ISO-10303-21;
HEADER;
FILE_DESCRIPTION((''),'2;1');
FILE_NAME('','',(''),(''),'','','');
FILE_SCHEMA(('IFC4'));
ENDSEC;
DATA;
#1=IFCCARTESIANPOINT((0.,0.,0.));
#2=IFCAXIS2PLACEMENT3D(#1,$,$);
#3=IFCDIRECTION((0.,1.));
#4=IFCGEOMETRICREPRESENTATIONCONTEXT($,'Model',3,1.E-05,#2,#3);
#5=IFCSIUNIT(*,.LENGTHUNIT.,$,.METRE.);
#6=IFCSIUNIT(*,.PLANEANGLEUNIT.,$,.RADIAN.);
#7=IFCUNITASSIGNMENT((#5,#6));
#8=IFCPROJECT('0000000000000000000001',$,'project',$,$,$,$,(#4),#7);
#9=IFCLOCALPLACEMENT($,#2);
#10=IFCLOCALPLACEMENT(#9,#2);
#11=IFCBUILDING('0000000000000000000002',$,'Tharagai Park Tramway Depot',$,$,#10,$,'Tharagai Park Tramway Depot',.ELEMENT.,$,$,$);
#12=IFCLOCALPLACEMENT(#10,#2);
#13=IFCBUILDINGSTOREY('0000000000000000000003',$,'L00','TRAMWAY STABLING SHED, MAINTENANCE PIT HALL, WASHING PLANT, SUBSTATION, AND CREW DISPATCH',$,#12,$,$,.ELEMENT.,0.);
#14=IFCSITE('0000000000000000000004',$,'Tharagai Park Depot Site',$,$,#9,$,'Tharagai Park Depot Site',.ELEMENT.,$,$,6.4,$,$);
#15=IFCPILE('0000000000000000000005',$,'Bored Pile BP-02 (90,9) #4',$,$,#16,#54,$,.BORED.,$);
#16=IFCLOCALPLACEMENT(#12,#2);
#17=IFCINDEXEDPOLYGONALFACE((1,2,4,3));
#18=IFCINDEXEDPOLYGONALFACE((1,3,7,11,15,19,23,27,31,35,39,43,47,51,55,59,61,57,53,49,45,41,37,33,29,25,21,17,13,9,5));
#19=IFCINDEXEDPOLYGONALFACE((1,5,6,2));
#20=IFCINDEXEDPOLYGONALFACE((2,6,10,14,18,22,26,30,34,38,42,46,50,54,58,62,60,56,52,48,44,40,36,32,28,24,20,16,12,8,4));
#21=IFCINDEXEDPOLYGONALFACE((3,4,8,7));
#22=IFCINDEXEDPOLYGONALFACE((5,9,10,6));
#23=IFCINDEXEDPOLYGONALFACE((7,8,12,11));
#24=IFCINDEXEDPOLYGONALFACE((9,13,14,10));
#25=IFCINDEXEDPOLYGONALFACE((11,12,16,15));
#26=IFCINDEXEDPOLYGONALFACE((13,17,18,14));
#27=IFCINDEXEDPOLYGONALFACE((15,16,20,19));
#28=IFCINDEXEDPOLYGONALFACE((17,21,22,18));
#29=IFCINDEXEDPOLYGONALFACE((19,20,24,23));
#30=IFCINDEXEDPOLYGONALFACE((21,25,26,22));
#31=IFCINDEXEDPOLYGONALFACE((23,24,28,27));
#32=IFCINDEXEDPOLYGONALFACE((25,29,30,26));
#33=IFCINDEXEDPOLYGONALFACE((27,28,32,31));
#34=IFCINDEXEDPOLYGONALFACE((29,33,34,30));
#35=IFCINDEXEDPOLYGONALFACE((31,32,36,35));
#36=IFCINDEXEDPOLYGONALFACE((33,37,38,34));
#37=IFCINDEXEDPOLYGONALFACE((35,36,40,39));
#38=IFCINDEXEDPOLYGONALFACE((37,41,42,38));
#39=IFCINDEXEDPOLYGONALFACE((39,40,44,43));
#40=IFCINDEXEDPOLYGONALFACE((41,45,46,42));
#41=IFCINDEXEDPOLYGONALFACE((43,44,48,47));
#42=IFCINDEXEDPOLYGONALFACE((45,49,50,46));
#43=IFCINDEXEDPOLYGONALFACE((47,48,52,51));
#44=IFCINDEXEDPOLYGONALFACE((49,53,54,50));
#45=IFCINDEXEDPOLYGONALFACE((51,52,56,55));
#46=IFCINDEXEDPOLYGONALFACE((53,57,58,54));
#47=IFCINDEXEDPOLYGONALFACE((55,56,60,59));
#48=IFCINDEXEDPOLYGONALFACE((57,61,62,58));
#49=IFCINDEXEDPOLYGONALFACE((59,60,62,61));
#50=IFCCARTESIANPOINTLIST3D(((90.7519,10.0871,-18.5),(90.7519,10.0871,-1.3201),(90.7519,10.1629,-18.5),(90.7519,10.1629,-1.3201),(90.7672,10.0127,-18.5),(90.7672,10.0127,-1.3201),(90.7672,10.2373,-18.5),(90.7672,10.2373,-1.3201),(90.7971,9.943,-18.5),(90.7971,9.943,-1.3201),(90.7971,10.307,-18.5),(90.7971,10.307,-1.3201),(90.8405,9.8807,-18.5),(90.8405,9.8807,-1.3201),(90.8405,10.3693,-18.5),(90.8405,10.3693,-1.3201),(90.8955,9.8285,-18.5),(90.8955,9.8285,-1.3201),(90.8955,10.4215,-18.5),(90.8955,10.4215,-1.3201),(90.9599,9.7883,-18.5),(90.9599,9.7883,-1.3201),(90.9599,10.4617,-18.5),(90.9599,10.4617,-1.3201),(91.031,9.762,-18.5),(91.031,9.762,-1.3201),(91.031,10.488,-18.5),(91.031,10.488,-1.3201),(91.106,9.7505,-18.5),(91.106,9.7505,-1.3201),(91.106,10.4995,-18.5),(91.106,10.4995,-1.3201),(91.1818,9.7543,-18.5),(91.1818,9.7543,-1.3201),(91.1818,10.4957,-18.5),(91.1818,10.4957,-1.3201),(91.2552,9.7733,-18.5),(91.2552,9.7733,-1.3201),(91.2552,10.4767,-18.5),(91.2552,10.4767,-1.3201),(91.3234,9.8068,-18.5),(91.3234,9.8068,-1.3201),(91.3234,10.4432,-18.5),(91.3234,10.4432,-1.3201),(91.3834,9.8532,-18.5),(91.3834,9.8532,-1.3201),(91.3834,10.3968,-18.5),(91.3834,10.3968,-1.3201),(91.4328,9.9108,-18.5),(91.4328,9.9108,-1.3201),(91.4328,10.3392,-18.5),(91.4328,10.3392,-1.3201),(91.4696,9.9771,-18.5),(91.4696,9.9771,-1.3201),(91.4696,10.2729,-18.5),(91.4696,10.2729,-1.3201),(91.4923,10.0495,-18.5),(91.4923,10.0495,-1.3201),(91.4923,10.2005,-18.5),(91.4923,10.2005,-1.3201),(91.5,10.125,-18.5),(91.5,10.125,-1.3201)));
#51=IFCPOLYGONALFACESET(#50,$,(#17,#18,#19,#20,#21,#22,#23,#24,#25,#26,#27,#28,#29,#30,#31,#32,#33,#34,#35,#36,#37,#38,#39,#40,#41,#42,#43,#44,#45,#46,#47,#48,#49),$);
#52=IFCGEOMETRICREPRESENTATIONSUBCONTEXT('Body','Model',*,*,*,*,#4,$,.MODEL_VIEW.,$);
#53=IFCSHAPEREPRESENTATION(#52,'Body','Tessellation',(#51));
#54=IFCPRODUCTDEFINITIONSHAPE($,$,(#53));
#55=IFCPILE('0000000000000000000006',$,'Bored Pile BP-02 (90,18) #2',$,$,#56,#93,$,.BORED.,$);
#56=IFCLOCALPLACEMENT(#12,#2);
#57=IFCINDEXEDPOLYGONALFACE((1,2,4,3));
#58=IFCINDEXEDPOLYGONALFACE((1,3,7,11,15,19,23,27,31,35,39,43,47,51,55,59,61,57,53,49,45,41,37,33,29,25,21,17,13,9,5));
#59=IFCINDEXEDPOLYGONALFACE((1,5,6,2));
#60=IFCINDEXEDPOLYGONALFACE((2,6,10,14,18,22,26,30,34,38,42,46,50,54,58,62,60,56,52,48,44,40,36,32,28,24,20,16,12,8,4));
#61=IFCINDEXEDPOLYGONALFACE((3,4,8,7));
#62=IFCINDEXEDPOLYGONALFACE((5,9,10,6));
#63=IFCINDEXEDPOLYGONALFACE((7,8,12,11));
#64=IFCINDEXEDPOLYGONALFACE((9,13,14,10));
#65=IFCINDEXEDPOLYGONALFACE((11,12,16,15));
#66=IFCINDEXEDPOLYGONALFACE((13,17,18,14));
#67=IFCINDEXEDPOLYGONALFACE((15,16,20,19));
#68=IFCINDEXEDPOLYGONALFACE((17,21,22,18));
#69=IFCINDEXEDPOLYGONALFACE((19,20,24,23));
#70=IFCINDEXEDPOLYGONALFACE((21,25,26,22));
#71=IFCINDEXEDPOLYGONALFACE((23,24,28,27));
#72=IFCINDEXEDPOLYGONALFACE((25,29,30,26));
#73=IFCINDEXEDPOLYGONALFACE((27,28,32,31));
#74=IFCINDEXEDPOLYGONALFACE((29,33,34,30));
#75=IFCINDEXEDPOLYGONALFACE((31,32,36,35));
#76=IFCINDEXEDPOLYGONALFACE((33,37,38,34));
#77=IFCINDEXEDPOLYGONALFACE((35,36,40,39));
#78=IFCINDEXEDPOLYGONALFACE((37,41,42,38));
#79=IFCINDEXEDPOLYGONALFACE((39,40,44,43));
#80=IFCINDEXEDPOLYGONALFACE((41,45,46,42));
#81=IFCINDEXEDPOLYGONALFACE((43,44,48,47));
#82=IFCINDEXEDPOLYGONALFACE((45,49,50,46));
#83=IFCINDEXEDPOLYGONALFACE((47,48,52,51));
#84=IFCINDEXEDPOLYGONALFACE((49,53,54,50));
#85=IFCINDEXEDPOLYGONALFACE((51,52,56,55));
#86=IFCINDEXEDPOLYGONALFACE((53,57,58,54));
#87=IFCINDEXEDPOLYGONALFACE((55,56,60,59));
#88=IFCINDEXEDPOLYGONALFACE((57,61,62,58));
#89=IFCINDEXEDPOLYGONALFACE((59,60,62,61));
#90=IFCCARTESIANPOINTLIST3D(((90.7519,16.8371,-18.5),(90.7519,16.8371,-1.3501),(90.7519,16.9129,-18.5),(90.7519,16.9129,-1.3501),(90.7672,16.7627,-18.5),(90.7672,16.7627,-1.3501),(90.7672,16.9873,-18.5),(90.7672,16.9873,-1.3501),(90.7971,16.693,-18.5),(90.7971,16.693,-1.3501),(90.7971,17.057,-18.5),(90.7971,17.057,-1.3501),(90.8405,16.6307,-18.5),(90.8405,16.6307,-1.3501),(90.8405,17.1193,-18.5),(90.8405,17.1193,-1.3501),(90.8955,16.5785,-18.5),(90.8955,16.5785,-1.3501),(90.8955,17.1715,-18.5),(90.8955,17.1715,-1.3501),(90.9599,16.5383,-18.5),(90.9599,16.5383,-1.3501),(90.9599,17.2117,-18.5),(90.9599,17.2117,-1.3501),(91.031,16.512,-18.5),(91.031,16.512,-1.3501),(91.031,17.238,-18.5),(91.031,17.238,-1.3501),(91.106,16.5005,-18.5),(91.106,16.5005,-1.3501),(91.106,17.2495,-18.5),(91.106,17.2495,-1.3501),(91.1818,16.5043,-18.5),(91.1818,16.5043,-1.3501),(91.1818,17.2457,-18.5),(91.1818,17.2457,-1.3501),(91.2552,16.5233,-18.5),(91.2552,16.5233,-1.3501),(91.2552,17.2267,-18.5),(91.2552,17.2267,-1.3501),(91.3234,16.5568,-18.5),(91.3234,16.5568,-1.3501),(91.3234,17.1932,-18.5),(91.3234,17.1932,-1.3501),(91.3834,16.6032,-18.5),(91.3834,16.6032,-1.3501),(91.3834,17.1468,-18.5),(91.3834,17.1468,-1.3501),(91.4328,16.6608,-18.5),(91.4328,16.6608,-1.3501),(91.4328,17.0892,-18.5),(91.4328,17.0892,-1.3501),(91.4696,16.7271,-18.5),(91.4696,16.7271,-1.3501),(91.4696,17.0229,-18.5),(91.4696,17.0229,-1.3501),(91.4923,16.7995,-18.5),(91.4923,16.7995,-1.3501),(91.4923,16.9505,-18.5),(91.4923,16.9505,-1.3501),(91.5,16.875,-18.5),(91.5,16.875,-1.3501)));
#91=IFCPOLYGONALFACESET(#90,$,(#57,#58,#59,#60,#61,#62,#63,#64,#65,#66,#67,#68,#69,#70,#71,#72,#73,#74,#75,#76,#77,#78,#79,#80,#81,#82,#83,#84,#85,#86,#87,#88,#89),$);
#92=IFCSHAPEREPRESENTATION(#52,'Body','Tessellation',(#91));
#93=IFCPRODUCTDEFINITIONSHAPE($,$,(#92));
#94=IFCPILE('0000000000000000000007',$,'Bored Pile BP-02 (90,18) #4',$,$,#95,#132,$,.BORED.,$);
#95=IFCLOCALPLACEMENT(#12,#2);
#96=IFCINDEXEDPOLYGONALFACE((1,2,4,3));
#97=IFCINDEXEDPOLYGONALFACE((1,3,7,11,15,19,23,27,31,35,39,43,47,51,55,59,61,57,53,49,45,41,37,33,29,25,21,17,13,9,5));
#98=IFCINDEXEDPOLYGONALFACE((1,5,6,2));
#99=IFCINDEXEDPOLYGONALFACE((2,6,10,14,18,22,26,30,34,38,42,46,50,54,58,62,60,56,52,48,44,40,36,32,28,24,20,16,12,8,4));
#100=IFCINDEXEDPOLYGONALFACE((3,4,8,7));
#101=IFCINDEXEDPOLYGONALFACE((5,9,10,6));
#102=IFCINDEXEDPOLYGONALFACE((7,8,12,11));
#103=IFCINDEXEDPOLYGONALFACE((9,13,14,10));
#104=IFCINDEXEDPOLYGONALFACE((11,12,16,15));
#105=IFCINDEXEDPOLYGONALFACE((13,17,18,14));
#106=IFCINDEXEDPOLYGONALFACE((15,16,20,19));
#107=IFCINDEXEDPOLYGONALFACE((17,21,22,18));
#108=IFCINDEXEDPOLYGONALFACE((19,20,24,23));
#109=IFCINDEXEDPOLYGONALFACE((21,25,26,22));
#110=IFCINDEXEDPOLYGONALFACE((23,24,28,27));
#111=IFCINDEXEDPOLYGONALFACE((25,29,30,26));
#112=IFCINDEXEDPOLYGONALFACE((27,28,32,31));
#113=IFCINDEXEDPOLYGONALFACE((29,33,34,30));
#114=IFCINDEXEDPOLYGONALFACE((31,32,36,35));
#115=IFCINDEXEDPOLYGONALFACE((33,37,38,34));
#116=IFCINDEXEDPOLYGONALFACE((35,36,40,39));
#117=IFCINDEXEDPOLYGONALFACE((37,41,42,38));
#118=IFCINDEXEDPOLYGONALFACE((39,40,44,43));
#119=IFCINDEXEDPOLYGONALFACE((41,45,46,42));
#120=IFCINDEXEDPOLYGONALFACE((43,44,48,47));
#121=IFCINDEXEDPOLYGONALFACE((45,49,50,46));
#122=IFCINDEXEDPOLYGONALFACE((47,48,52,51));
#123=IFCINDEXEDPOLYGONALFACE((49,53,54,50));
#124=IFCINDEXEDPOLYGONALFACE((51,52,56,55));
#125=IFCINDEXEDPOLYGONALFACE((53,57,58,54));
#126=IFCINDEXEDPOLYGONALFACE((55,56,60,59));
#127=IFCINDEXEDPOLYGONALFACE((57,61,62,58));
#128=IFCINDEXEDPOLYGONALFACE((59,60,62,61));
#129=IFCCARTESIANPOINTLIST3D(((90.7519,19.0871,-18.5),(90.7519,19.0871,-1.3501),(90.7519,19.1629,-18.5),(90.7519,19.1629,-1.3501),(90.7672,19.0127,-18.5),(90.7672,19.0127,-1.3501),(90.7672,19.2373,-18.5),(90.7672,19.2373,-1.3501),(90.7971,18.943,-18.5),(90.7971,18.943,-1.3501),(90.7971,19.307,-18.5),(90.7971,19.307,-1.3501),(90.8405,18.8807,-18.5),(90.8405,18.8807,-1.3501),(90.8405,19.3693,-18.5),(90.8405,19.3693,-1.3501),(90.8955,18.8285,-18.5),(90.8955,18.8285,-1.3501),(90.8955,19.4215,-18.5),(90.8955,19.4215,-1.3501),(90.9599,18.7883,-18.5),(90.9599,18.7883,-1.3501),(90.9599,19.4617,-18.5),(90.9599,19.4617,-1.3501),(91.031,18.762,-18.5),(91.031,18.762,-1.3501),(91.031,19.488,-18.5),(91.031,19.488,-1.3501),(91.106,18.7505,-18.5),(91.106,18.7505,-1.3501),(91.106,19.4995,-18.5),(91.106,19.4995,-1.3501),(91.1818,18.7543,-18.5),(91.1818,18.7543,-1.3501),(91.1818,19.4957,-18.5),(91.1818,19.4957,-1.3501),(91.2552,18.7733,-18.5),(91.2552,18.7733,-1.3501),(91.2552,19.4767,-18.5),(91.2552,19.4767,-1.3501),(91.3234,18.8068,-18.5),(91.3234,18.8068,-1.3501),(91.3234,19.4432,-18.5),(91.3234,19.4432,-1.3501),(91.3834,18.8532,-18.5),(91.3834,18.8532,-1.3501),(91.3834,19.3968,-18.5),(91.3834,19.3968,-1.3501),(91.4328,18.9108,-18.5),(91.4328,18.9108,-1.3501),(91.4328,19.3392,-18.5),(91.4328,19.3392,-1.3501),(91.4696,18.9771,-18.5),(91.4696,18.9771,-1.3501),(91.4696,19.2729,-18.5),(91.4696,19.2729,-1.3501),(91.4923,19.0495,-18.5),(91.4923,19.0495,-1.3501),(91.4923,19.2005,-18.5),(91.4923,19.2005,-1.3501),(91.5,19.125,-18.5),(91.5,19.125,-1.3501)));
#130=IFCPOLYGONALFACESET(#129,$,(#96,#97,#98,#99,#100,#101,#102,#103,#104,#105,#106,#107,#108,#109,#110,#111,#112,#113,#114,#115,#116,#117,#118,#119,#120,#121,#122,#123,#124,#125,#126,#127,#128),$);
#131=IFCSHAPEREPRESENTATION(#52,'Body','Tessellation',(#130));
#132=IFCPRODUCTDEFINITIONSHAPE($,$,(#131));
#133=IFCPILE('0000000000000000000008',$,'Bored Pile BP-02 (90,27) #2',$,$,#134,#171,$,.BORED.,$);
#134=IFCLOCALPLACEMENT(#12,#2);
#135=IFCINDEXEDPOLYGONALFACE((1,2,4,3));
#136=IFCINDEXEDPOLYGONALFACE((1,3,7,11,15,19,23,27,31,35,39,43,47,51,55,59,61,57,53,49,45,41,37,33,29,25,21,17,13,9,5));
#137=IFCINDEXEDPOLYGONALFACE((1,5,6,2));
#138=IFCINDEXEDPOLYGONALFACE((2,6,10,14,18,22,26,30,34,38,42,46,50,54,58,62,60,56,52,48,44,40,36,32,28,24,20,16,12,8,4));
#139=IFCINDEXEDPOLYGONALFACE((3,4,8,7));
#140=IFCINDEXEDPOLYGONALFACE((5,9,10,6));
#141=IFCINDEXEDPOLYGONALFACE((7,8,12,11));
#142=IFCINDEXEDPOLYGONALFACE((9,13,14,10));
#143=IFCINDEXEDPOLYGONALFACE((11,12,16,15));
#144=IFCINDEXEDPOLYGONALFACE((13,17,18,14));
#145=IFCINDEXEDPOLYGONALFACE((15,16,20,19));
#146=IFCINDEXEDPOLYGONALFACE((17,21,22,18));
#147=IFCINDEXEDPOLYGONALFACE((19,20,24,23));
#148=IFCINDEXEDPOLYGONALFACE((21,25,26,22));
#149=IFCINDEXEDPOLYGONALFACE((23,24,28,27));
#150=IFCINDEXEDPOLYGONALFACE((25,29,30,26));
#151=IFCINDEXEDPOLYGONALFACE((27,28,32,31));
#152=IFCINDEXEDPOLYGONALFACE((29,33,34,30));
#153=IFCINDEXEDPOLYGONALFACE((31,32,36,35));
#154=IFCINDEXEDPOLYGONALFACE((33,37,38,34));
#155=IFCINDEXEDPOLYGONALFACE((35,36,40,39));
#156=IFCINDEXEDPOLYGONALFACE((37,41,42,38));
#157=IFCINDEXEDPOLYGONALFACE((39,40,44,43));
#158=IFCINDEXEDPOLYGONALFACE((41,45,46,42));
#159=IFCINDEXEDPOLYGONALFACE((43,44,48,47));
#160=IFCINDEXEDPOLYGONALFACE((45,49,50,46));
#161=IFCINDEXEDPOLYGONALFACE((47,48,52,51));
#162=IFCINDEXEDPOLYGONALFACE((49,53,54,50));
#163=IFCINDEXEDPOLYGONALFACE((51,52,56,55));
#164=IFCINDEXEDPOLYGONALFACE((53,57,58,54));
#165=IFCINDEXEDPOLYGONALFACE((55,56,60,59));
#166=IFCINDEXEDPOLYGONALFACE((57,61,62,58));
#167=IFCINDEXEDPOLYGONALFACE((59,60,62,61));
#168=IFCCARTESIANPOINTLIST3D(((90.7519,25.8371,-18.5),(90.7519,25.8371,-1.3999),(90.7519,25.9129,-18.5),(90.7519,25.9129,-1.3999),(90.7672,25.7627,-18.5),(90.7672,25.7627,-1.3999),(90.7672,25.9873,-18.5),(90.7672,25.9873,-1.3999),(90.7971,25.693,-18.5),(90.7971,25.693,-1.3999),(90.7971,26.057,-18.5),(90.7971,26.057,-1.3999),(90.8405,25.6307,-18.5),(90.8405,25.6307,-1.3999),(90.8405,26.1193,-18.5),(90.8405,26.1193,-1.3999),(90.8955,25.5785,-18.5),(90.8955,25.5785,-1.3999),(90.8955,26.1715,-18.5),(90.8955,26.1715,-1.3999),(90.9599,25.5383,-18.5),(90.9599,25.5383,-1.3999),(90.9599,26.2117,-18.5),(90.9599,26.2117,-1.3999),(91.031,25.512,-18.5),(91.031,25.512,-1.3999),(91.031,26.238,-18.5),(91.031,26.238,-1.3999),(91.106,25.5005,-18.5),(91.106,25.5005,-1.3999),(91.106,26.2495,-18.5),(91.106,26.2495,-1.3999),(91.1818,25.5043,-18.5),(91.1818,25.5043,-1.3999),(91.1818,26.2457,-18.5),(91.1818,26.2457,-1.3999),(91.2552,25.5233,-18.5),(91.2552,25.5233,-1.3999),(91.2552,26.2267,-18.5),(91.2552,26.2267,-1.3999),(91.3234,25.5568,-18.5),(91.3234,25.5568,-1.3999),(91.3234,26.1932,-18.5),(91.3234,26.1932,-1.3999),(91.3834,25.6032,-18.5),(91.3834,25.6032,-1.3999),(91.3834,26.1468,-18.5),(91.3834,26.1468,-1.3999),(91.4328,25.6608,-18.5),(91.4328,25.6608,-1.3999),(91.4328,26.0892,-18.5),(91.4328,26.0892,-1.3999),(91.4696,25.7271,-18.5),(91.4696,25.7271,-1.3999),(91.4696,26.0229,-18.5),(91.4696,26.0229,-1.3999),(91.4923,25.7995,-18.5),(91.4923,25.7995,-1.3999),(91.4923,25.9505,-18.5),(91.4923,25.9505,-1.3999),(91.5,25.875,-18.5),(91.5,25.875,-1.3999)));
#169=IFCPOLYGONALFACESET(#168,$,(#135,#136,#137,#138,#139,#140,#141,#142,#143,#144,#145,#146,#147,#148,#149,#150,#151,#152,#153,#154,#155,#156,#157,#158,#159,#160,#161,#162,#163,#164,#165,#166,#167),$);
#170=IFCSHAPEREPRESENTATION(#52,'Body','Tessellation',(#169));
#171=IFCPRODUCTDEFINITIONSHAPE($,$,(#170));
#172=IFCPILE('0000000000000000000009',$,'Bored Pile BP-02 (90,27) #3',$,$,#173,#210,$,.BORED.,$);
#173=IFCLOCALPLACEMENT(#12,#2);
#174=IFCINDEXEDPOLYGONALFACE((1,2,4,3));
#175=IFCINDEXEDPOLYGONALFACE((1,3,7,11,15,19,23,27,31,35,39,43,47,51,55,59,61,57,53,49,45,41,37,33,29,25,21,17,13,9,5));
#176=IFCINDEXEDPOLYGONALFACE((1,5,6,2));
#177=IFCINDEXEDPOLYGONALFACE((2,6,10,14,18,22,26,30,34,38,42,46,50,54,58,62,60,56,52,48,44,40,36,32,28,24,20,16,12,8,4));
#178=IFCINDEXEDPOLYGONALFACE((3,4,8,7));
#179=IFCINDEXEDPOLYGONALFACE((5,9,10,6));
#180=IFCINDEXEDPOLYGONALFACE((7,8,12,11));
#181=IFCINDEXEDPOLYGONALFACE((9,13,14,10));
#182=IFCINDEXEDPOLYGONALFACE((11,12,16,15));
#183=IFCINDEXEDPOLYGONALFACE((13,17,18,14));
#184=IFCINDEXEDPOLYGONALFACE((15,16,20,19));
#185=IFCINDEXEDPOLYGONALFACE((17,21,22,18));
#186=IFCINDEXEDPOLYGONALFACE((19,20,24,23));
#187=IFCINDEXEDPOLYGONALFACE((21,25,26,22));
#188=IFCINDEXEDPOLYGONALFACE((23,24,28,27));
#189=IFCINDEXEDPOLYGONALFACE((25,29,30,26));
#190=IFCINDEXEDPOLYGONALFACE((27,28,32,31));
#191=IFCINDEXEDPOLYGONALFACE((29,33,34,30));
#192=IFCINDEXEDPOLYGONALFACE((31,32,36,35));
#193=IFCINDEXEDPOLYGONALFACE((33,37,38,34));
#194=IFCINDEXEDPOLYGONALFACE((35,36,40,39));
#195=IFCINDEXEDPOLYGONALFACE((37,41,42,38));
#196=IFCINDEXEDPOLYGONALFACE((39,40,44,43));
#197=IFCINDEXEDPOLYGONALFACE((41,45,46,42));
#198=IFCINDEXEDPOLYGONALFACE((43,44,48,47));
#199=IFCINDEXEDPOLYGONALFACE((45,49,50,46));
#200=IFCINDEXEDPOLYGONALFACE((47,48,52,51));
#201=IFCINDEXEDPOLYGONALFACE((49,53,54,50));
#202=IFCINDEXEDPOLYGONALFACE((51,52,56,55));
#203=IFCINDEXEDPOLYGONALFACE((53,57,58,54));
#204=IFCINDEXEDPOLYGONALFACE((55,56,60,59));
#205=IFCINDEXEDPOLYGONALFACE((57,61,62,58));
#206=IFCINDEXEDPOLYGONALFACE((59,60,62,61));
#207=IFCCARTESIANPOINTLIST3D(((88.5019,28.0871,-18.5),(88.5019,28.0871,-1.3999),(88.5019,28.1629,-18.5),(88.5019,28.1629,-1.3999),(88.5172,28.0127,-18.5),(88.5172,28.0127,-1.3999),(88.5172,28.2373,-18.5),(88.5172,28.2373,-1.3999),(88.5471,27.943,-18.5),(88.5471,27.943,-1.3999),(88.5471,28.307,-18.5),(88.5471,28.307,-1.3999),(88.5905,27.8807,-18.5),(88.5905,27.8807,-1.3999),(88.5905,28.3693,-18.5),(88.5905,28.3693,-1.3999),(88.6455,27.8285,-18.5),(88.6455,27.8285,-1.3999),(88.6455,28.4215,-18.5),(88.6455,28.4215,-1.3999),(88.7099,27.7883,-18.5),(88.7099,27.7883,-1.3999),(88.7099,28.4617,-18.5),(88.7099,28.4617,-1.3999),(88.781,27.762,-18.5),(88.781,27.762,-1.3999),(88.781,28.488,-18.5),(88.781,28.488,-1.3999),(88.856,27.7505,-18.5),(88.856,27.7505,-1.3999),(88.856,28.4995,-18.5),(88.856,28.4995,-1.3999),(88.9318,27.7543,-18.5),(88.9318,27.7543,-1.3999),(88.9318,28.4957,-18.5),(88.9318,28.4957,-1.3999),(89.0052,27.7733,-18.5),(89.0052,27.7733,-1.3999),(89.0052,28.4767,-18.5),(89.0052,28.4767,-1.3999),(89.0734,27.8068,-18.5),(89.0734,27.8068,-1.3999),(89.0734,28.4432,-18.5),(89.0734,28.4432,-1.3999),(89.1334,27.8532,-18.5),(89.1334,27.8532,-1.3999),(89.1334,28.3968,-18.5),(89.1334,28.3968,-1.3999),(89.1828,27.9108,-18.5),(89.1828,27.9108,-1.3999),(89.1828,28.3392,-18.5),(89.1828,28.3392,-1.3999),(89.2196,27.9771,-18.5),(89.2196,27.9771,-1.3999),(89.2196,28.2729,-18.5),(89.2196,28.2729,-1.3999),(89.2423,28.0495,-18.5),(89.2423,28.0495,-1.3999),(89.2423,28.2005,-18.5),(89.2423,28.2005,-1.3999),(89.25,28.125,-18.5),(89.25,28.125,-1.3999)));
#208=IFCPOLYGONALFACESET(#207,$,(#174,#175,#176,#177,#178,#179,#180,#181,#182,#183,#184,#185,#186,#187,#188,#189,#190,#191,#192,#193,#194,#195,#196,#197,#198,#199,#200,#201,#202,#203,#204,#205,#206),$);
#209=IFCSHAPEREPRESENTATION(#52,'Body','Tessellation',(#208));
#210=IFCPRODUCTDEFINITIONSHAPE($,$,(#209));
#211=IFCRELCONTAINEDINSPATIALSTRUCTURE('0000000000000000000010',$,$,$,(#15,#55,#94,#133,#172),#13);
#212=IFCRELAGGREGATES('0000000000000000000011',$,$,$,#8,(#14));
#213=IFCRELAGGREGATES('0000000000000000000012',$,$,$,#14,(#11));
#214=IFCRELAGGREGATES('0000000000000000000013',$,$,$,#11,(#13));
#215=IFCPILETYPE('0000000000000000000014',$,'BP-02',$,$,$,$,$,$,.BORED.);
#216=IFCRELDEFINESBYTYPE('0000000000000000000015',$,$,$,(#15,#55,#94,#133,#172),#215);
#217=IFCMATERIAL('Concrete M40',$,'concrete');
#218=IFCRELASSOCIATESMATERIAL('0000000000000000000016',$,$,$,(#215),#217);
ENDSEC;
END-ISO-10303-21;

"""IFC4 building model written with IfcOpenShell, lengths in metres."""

from ifc_helpers import new_model, si_unit, direction, frame, origin, origin_2d, place, context, subcontext, project, spatial, circle, extrude, material, material_profile, profile_set, type_object, element, save


model = new_model("IFC4")

# Units and contexts
model_context = context("Model", 3, precision=1e-05, world=origin(), true_north=direction((0.0, 1.0)))
body_context = subcontext(model_context, "Body", "Model", "MODEL_VIEW")
ifc_project = project(units=[si_unit("LENGTHUNIT", "METRE"), si_unit("PLANEANGLEUNIT", "RADIAN")], contexts=[model_context])

# Site, building, storey
site_placement = place(None, origin())
site = spatial("IfcSite", under=ifc_project, at=site_placement, Name="Tharagai Park Depot Site", LongName="Tharagai Park Depot Site", CompositionType="ELEMENT", RefElevation=6.4)
building_placement = place(site_placement, origin())
building = spatial("IfcBuilding", under=site, at=building_placement, Name="Tharagai Park Tramway Depot", LongName="Tharagai Park Tramway Depot", CompositionType="ELEMENT")
storey_placement = place(building_placement, origin())
storey = spatial("IfcBuildingStorey", under=building, at=storey_placement, Name="L00", Description="TRAMWAY STABLING SHED, MAINTENANCE PIT HALL, WASHING PLANT, SUBSTATION, AND CREW DISPATCH", CompositionType="ELEMENT", Elevation=0.0)

# Piles
ifc_material_1 = material(Name="Concrete M40", Category="concrete")
ifc_material_profile_1 = material_profile(ifc_material_1, circle(Radius=0.375, at=origin_2d()), Name="PILE D750")
ifc_profile_set_1 = profile_set([ifc_material_profile_1], Name="Concrete M40")
pile_type = type_object("IfcPileType", Name="BP-02", PredefinedType="BORED", material=ifc_profile_set_1)
pile_1_placement = place(storey_placement, frame((91.125, 10.125, -1.3201), z_axis=(0.0, 0.0, -1.0), x_axis=(1.0, 0.0, 0.0)))
element("IfcPile", 1, at=pile_1_placement, inside=storey, type_object=pile_type, Name="Bored Pile BP-02 (90,9) #4", PredefinedType="BORED", context=body_context, shape_type="SweptSolid", body=[
    extrude(circle(Radius=0.375, at=origin_2d()), origin(), (0.0, 0.0, 1.0), 17.1799),
])
for number, where, z_axis, x_axis, name in (
    (2, (91.125, 16.875, -1.3501), (0.0, 0.0, -1.0), (1.0, 0.0, 0.0), "Bored Pile BP-02 (90,18) #2"),
    (3, (91.125, 19.125, -1.3501), (0.0, 0.0, -1.0), (1.0, 0.0, 0.0), "Bored Pile BP-02 (90,18) #4"),
):
    element("IfcPile", number, at=place(storey_placement, frame(where, z_axis=z_axis, x_axis=x_axis)), inside=storey, type_object=pile_type, Name=name, PredefinedType="BORED", context=body_context, shape_type="SweptSolid", body=[
        extrude(circle(Radius=0.375, at=origin_2d()), origin(), (0.0, 0.0, 1.0), 17.1499),
    ])
for number, where, z_axis, x_axis, name in (
    (4, (91.125, 25.875, -1.3999), (0.0, 0.0, -1.0), (1.0, 0.0, 0.0), "Bored Pile BP-02 (90,27) #2"),
    (5, (88.875, 28.125, -1.3999), (0.0, 0.0, -1.0), (1.0, 0.0, 0.0), "Bored Pile BP-02 (90,27) #3"),
):
    element("IfcPile", number, at=place(storey_placement, frame(where, z_axis=z_axis, x_axis=x_axis)), inside=storey, type_object=pile_type, Name=name, PredefinedType="BORED", context=body_context, shape_type="SweptSolid", body=[
        extrude(circle(Radius=0.375, at=origin_2d()), origin(), (0.0, 0.0, 1.0), 17.1001),
    ])

save(model, "model.ifc")
